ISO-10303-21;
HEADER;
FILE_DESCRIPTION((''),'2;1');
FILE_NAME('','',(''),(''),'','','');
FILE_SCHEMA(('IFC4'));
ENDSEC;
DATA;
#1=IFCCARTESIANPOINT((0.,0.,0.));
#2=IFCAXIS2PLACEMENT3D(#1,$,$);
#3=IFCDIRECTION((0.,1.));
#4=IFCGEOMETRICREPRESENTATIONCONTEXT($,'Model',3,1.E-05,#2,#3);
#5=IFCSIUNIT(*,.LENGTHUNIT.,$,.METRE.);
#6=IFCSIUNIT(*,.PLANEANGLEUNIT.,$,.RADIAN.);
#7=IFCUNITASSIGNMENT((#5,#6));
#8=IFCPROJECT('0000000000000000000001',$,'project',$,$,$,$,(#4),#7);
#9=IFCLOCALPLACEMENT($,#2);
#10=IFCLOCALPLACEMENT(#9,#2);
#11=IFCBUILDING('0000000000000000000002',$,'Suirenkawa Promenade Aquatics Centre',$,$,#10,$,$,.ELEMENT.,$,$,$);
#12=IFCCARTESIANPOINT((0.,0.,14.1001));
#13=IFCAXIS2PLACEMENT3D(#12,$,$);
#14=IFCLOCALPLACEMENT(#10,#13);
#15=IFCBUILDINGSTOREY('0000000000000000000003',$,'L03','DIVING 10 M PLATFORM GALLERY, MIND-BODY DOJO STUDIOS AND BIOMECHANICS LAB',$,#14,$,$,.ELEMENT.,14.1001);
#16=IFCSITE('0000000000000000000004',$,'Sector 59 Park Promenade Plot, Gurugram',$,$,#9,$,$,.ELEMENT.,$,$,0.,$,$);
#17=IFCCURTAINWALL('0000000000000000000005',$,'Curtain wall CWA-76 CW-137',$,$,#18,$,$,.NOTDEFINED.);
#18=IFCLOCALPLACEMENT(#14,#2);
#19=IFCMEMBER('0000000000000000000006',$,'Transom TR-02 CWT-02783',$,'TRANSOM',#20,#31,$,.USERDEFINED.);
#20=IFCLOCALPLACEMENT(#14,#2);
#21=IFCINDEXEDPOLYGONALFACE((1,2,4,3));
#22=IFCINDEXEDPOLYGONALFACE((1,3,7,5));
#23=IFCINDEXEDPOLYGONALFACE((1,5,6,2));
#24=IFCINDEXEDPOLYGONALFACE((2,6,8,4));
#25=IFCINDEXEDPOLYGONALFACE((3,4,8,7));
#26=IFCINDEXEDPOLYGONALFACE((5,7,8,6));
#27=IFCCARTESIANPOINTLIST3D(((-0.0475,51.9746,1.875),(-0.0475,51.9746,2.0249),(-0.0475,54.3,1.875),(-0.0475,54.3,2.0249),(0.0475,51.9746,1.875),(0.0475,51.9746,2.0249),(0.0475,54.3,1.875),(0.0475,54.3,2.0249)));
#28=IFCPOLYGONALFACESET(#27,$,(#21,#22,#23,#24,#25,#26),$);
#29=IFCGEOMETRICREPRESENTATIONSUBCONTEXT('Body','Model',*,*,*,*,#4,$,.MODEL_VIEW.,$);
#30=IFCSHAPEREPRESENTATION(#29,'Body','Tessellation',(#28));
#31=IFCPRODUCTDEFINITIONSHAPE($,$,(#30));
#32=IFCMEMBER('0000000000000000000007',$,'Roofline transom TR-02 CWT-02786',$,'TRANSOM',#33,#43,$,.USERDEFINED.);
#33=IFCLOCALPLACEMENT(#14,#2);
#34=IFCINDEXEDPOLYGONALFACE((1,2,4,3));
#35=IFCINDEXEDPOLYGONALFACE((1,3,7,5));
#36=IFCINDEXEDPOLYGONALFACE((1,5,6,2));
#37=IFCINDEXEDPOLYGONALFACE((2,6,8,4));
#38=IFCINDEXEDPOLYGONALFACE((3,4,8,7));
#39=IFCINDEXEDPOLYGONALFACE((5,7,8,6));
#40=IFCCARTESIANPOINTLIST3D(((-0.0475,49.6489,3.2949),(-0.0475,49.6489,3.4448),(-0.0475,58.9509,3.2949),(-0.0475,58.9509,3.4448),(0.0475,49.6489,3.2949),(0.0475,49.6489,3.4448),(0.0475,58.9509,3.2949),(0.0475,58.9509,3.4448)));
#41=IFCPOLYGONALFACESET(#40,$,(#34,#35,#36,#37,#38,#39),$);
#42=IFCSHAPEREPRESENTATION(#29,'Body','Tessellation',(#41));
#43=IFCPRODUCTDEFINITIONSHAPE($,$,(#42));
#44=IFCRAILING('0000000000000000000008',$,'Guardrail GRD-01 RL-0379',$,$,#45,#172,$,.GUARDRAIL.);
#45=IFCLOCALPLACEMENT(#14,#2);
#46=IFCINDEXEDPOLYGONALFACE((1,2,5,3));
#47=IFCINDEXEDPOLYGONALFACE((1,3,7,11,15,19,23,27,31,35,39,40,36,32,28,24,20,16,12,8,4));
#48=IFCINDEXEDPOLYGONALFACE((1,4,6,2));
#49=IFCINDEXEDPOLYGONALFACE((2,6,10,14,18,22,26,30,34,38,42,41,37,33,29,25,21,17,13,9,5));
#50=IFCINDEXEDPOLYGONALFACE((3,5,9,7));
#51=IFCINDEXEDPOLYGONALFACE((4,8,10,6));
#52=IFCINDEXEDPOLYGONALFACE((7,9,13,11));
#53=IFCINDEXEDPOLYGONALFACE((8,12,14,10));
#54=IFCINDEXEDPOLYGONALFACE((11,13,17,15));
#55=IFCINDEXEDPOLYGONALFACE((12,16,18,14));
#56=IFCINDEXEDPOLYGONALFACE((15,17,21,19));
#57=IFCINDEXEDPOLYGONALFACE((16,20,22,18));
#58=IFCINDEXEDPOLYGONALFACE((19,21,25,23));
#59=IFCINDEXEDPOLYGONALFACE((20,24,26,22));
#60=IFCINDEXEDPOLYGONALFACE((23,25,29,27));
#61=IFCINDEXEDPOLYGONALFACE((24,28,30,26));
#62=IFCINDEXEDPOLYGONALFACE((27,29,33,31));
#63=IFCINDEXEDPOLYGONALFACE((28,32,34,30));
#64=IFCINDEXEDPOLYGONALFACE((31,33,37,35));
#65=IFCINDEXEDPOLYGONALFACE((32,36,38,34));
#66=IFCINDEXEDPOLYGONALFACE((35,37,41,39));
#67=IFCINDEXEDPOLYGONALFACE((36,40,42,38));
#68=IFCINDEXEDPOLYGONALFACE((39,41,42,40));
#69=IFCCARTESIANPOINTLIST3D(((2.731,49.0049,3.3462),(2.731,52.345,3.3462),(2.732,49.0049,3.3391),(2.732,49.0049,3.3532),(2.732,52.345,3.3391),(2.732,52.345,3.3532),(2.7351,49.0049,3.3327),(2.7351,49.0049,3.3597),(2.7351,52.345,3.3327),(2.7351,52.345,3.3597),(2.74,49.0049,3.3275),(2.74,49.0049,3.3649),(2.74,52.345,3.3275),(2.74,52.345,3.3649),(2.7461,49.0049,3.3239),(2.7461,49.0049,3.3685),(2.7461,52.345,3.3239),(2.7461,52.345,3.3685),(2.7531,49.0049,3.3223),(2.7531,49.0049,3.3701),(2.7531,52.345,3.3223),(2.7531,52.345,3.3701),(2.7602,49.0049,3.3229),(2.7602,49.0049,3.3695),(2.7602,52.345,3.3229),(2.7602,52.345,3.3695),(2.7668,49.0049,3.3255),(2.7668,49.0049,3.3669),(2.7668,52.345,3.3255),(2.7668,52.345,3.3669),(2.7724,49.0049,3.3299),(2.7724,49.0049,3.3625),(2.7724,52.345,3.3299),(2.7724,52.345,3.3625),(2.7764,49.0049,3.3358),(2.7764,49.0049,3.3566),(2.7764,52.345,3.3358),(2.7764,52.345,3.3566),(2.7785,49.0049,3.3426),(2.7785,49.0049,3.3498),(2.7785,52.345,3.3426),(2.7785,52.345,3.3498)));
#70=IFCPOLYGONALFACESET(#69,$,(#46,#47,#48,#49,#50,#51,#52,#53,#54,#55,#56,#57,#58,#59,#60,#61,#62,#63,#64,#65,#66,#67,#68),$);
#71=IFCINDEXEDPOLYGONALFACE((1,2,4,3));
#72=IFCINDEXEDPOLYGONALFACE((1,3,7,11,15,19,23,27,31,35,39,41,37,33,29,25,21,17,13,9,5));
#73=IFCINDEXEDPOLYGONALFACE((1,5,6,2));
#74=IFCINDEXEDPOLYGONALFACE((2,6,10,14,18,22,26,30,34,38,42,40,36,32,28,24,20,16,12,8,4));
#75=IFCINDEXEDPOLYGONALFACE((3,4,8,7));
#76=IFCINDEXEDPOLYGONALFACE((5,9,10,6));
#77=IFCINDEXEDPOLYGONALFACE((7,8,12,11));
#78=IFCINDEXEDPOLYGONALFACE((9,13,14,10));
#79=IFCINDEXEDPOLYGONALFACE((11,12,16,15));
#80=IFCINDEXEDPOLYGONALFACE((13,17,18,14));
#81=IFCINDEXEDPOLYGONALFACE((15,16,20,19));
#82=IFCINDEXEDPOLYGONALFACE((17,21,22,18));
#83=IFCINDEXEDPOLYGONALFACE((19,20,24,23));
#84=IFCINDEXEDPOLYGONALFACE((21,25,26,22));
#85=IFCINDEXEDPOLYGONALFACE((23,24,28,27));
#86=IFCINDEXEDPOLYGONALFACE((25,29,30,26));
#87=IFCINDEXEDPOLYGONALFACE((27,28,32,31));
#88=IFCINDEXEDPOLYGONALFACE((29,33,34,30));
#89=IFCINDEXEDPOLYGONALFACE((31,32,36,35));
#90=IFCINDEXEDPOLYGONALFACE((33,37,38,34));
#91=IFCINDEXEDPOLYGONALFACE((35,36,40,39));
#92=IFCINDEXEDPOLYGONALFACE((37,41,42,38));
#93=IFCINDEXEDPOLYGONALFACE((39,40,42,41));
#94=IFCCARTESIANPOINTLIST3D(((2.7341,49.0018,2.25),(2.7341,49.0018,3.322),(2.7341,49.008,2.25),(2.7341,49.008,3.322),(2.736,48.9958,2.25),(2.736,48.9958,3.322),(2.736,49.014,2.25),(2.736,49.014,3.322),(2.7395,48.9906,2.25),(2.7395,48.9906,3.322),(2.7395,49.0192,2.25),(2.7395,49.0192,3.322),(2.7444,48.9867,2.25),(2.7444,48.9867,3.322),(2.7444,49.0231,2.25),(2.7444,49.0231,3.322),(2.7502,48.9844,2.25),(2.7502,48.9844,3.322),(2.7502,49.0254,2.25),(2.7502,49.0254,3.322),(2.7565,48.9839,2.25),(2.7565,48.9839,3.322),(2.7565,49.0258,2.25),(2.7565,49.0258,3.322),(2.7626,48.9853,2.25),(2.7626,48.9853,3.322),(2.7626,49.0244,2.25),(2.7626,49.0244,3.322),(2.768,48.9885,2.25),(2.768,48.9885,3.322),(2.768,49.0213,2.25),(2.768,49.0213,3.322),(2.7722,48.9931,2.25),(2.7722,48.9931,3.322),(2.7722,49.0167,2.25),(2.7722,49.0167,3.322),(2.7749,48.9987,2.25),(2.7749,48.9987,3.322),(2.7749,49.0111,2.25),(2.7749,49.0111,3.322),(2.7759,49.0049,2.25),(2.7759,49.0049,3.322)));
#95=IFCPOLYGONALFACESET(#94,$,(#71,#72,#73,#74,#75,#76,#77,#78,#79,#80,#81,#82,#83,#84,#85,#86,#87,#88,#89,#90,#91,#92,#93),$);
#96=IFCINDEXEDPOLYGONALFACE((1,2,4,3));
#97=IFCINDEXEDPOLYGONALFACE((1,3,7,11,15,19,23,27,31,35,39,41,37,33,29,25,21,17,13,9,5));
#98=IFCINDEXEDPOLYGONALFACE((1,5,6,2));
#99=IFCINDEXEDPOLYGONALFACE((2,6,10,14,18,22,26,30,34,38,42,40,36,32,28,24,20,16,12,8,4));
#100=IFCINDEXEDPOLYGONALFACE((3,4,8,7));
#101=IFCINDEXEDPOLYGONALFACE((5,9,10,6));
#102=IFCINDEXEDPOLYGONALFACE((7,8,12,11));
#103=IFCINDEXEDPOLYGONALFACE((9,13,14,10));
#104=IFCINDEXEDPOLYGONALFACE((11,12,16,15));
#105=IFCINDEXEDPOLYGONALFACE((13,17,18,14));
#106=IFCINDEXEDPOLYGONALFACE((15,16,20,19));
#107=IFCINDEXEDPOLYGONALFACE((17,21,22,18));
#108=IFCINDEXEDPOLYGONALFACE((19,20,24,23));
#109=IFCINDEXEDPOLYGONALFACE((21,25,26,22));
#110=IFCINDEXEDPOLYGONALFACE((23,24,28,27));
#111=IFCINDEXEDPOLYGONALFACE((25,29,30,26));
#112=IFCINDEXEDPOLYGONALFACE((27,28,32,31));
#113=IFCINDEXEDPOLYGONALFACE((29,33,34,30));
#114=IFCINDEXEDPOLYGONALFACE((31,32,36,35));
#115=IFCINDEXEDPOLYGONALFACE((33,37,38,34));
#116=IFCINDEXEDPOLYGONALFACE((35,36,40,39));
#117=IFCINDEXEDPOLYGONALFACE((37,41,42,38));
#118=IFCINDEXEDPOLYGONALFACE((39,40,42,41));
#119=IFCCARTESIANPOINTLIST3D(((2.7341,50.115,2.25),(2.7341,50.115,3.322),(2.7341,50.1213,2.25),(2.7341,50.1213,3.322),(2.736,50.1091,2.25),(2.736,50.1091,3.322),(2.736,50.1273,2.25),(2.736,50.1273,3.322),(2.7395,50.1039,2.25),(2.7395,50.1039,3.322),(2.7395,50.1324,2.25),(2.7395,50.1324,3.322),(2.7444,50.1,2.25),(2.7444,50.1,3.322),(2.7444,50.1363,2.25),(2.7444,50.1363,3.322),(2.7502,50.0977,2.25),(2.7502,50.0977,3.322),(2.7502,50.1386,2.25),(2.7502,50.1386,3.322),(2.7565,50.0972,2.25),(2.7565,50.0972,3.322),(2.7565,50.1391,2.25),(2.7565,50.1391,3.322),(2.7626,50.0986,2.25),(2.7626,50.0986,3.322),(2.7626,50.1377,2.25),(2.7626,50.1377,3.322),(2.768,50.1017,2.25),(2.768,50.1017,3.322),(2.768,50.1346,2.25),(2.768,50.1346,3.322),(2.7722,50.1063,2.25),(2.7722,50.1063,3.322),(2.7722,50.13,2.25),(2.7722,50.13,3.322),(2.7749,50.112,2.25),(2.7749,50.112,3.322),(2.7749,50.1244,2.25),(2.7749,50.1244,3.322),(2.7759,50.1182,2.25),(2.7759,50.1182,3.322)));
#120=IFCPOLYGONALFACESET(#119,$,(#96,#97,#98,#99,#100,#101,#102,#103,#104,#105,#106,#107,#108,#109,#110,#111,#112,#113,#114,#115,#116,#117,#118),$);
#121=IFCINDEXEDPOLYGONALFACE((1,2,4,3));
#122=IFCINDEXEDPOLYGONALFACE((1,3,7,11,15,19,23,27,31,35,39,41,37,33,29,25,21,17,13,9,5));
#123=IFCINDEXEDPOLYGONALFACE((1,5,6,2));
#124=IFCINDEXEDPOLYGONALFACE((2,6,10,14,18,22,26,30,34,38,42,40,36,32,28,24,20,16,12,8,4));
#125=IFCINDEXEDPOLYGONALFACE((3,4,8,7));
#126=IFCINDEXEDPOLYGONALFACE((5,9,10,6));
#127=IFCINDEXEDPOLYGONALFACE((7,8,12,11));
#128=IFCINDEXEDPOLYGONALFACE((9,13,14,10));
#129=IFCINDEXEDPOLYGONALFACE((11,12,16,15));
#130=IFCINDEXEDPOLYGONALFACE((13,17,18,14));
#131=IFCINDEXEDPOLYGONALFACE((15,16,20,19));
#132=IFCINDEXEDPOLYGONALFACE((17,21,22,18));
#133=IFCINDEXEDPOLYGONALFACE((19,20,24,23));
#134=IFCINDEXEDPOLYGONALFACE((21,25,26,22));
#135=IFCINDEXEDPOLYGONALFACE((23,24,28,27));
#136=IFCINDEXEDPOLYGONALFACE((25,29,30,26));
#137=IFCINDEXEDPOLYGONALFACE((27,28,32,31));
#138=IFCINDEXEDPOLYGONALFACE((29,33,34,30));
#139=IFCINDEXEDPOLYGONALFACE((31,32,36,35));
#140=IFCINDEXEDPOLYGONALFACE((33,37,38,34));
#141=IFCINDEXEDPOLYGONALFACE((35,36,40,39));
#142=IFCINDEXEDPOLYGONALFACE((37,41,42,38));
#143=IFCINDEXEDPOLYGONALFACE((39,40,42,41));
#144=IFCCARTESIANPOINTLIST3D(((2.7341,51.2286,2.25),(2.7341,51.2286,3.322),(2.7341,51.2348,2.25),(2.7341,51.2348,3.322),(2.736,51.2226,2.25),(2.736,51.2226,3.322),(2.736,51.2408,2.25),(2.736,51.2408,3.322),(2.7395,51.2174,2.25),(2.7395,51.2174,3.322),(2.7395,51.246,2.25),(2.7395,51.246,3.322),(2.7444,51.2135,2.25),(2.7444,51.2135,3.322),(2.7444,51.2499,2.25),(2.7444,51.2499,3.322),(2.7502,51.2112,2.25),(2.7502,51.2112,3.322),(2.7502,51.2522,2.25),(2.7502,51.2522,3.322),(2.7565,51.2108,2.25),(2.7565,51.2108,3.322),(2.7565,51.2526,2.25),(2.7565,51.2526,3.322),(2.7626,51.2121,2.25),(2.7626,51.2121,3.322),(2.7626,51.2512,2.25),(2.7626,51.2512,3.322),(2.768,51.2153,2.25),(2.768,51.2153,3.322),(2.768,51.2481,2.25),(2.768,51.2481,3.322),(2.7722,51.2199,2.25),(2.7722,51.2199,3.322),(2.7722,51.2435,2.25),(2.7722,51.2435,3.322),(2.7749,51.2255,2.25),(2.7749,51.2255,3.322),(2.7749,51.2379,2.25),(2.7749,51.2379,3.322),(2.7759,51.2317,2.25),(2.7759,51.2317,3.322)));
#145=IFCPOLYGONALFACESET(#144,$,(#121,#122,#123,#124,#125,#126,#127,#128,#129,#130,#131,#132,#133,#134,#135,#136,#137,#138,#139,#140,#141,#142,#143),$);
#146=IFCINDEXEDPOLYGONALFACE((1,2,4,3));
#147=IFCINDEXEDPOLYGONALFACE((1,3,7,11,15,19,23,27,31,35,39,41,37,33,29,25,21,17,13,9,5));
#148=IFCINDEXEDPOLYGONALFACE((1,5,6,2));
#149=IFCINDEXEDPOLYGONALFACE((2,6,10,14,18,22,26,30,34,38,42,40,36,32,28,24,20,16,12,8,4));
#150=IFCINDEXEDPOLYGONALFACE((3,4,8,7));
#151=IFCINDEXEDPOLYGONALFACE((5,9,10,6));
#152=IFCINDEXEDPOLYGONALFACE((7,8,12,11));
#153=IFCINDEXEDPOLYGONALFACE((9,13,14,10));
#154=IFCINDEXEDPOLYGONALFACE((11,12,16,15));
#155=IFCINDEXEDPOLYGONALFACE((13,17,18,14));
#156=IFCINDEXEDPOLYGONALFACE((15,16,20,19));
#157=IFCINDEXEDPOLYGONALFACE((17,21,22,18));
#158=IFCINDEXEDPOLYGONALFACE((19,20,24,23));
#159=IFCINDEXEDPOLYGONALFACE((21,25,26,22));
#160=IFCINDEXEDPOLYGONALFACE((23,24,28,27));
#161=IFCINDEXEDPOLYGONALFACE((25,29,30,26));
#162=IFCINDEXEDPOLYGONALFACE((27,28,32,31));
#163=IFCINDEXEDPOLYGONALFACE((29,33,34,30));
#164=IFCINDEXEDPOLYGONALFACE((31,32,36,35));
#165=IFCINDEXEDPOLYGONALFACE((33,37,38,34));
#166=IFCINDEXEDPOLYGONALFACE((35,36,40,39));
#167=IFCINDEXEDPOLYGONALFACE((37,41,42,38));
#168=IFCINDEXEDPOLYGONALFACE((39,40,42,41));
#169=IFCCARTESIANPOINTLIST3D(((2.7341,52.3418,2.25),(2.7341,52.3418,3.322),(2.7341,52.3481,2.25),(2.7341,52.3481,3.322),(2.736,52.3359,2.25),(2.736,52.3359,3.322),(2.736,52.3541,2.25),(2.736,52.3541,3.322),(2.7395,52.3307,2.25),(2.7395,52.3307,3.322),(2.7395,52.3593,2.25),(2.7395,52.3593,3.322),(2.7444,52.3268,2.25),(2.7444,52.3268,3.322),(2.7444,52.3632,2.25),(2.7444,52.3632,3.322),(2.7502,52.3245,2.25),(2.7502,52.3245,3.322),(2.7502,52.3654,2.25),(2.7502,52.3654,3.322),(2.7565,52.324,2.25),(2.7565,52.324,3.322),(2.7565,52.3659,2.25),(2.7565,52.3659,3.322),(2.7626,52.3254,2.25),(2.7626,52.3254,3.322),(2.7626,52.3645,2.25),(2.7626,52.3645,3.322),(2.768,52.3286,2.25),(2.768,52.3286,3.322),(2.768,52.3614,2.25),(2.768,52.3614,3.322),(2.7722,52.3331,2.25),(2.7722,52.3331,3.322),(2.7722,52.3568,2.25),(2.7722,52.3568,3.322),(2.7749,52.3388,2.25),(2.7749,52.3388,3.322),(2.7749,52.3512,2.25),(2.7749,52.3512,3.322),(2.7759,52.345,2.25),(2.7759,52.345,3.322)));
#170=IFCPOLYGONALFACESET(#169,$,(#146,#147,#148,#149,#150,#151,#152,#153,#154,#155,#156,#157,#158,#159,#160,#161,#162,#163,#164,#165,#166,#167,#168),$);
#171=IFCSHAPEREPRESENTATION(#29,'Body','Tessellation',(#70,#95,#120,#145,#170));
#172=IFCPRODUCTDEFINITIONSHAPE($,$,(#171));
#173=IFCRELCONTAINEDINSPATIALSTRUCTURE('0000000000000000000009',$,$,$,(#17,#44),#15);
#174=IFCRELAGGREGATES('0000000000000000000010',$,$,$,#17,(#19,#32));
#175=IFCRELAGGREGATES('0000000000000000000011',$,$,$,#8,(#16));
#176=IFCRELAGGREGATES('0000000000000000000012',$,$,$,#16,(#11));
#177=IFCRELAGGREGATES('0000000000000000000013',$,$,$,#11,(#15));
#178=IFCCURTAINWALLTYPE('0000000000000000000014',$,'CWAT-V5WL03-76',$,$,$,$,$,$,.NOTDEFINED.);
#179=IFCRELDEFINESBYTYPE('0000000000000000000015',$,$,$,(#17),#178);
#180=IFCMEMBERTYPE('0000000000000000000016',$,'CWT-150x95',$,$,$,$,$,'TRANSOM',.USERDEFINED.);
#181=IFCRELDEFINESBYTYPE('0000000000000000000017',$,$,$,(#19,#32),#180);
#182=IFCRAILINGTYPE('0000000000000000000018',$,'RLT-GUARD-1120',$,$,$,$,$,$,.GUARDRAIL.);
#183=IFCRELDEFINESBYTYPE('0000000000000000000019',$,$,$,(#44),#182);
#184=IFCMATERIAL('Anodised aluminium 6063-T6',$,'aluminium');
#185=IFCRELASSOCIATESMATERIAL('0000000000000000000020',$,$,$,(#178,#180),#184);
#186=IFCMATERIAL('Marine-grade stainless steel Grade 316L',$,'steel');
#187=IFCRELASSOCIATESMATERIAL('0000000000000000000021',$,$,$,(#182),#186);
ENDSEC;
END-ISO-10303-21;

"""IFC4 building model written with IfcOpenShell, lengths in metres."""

from ifc_helpers import new_model, si_unit, direction, frame, origin, origin_2d, place, context, subcontext, project, spatial, rectangle, circle, extrude, material, material_profile, profile_set, type_object, element, aggregate, save


model = new_model("IFC4")

# Units and contexts
model_context = context("Model", 3, precision=1e-05, world=origin(), true_north=direction((0.0, 1.0)))
body_context = subcontext(model_context, "Body", "Model", "MODEL_VIEW")
ifc_project = project(units=[si_unit("LENGTHUNIT", "METRE"), si_unit("PLANEANGLEUNIT", "RADIAN")], contexts=[model_context])

# Site, building, storey
site_placement = place(None, origin())
site = spatial("IfcSite", under=ifc_project, at=site_placement, Name="Sector 59 Park Promenade Plot, Gurugram", CompositionType="ELEMENT", RefElevation=0.0)
building_placement = place(site_placement, origin())
building = spatial("IfcBuilding", under=site, at=building_placement, Name="Suirenkawa Promenade Aquatics Centre", CompositionType="ELEMENT")
storey_placement = place(building_placement, frame((0.0, 0.0, 14.1001)))
storey = spatial("IfcBuildingStorey", under=building, at=storey_placement, Name="L03", Description="DIVING 10 M PLATFORM GALLERY, MIND-BODY DOJO STUDIOS AND BIOMECHANICS LAB", CompositionType="ELEMENT", Elevation=14.1001)

# Shared definitions
ifc_material_1 = material(Name="Anodised aluminium 6063-T6", Category="aluminium")

# Curtain wall
curtain_wall_type_1 = type_object("IfcCurtainWallType", Name="CWAT-V5WL03-76", PredefinedType="NOTDEFINED", material=ifc_material_1)
curtain_wall_1_placement = place(storey_placement, origin())
curtain_wall_1 = element("IfcCurtainWall", 1, at=curtain_wall_1_placement, inside=storey, type_object=curtain_wall_type_1, Name="Curtain wall CWA-76 CW-137", PredefinedType="NOTDEFINED")

# Members
ifc_material_profile_1 = material_profile(ifc_material_1, rectangle(XDim=0.095, YDim=0.1499, at=origin_2d()), Name="ALU TRAN 95x150", Category="aluminium")
ifc_profile_set_1 = profile_set([ifc_material_profile_1], Name="Anodised aluminium 6063-T6")
member_type_1 = type_object("IfcMemberType", Name="CWT-150x95", ElementType="TRANSOM", PredefinedType="USERDEFINED", material=ifc_profile_set_1)
member_1_placement = place(storey_placement, frame((0.0, 51.9746, 1.95), z_axis=(0.0, 1.0, 0.0), x_axis=(-1.0, 0.0, 0.0)))
member_1 = element("IfcMember", 2, at=member_1_placement, type_object=member_type_1, Name="Transom TR-02 CWT-02783", ObjectType="TRANSOM", PredefinedType="USERDEFINED", context=body_context, shape_type="SweptSolid", body=[
    extrude(rectangle(XDim=0.095, YDim=0.1499, at=origin_2d()), origin(), (0.0, 0.0, 1.0), 2.3254),
])
member_2_placement = place(storey_placement, frame((0.0, 49.6489, 3.3699), z_axis=(0.0, 1.0, 0.0), x_axis=(-1.0, 0.0, 0.0)))
member_2 = element("IfcMember", 3, at=member_2_placement, type_object=member_type_1, Name="Roofline transom TR-02 CWT-02786", ObjectType="TRANSOM", PredefinedType="USERDEFINED", context=body_context, shape_type="SweptSolid", body=[
    extrude(rectangle(XDim=0.095, YDim=0.1499, at=origin_2d()), origin(), (0.0, 0.0, 1.0), 9.302),
])

aggregate(curtain_wall_1, [member_1, member_2])

# Railing
ifc_material_2 = material(Name="Marine-grade stainless steel Grade 316L", Category="steel")
railing_type = type_object("IfcRailingType", Name="RLT-GUARD-1120", PredefinedType="GUARDRAIL", material=ifc_material_2)
for number, where, name in (
    (4, (2.7549, 49.0049, 2.25), "Guardrail GRD-01 RL-0379"),
):
    element("IfcRailing", number, at=place(storey_placement, frame(where)), inside=storey, type_object=railing_type, Name=name, PredefinedType="GUARDRAIL", context=body_context, shape_type="SweptSolid", body=[
        extrude(circle(Radius=0.0239, at=origin_2d()), frame((0.0, 0.0, 1.0962), z_axis=(0.0, 1.0, 0.0), x_axis=(-1.0, 0.0, 0.0)), (0.0, 0.0, 1.0), 3.3401),
        extrude(circle(Radius=0.021, at=origin_2d()), origin(), (0.0, 0.0, 1.0), 1.072),
        extrude(circle(Radius=0.021, at=origin_2d()), frame((0.0, 1.1133, 0.0)), (0.0, 0.0, 1.0), 1.072),
        extrude(circle(Radius=0.021, at=origin_2d()), frame((0.0, 2.2268, 0.0)), (0.0, 0.0, 1.0), 1.072),
        extrude(circle(Radius=0.021, at=origin_2d()), frame((0.0, 3.3401, 0.0)), (0.0, 0.0, 1.0), 1.072),
    ])

save(model, "model.ifc")
